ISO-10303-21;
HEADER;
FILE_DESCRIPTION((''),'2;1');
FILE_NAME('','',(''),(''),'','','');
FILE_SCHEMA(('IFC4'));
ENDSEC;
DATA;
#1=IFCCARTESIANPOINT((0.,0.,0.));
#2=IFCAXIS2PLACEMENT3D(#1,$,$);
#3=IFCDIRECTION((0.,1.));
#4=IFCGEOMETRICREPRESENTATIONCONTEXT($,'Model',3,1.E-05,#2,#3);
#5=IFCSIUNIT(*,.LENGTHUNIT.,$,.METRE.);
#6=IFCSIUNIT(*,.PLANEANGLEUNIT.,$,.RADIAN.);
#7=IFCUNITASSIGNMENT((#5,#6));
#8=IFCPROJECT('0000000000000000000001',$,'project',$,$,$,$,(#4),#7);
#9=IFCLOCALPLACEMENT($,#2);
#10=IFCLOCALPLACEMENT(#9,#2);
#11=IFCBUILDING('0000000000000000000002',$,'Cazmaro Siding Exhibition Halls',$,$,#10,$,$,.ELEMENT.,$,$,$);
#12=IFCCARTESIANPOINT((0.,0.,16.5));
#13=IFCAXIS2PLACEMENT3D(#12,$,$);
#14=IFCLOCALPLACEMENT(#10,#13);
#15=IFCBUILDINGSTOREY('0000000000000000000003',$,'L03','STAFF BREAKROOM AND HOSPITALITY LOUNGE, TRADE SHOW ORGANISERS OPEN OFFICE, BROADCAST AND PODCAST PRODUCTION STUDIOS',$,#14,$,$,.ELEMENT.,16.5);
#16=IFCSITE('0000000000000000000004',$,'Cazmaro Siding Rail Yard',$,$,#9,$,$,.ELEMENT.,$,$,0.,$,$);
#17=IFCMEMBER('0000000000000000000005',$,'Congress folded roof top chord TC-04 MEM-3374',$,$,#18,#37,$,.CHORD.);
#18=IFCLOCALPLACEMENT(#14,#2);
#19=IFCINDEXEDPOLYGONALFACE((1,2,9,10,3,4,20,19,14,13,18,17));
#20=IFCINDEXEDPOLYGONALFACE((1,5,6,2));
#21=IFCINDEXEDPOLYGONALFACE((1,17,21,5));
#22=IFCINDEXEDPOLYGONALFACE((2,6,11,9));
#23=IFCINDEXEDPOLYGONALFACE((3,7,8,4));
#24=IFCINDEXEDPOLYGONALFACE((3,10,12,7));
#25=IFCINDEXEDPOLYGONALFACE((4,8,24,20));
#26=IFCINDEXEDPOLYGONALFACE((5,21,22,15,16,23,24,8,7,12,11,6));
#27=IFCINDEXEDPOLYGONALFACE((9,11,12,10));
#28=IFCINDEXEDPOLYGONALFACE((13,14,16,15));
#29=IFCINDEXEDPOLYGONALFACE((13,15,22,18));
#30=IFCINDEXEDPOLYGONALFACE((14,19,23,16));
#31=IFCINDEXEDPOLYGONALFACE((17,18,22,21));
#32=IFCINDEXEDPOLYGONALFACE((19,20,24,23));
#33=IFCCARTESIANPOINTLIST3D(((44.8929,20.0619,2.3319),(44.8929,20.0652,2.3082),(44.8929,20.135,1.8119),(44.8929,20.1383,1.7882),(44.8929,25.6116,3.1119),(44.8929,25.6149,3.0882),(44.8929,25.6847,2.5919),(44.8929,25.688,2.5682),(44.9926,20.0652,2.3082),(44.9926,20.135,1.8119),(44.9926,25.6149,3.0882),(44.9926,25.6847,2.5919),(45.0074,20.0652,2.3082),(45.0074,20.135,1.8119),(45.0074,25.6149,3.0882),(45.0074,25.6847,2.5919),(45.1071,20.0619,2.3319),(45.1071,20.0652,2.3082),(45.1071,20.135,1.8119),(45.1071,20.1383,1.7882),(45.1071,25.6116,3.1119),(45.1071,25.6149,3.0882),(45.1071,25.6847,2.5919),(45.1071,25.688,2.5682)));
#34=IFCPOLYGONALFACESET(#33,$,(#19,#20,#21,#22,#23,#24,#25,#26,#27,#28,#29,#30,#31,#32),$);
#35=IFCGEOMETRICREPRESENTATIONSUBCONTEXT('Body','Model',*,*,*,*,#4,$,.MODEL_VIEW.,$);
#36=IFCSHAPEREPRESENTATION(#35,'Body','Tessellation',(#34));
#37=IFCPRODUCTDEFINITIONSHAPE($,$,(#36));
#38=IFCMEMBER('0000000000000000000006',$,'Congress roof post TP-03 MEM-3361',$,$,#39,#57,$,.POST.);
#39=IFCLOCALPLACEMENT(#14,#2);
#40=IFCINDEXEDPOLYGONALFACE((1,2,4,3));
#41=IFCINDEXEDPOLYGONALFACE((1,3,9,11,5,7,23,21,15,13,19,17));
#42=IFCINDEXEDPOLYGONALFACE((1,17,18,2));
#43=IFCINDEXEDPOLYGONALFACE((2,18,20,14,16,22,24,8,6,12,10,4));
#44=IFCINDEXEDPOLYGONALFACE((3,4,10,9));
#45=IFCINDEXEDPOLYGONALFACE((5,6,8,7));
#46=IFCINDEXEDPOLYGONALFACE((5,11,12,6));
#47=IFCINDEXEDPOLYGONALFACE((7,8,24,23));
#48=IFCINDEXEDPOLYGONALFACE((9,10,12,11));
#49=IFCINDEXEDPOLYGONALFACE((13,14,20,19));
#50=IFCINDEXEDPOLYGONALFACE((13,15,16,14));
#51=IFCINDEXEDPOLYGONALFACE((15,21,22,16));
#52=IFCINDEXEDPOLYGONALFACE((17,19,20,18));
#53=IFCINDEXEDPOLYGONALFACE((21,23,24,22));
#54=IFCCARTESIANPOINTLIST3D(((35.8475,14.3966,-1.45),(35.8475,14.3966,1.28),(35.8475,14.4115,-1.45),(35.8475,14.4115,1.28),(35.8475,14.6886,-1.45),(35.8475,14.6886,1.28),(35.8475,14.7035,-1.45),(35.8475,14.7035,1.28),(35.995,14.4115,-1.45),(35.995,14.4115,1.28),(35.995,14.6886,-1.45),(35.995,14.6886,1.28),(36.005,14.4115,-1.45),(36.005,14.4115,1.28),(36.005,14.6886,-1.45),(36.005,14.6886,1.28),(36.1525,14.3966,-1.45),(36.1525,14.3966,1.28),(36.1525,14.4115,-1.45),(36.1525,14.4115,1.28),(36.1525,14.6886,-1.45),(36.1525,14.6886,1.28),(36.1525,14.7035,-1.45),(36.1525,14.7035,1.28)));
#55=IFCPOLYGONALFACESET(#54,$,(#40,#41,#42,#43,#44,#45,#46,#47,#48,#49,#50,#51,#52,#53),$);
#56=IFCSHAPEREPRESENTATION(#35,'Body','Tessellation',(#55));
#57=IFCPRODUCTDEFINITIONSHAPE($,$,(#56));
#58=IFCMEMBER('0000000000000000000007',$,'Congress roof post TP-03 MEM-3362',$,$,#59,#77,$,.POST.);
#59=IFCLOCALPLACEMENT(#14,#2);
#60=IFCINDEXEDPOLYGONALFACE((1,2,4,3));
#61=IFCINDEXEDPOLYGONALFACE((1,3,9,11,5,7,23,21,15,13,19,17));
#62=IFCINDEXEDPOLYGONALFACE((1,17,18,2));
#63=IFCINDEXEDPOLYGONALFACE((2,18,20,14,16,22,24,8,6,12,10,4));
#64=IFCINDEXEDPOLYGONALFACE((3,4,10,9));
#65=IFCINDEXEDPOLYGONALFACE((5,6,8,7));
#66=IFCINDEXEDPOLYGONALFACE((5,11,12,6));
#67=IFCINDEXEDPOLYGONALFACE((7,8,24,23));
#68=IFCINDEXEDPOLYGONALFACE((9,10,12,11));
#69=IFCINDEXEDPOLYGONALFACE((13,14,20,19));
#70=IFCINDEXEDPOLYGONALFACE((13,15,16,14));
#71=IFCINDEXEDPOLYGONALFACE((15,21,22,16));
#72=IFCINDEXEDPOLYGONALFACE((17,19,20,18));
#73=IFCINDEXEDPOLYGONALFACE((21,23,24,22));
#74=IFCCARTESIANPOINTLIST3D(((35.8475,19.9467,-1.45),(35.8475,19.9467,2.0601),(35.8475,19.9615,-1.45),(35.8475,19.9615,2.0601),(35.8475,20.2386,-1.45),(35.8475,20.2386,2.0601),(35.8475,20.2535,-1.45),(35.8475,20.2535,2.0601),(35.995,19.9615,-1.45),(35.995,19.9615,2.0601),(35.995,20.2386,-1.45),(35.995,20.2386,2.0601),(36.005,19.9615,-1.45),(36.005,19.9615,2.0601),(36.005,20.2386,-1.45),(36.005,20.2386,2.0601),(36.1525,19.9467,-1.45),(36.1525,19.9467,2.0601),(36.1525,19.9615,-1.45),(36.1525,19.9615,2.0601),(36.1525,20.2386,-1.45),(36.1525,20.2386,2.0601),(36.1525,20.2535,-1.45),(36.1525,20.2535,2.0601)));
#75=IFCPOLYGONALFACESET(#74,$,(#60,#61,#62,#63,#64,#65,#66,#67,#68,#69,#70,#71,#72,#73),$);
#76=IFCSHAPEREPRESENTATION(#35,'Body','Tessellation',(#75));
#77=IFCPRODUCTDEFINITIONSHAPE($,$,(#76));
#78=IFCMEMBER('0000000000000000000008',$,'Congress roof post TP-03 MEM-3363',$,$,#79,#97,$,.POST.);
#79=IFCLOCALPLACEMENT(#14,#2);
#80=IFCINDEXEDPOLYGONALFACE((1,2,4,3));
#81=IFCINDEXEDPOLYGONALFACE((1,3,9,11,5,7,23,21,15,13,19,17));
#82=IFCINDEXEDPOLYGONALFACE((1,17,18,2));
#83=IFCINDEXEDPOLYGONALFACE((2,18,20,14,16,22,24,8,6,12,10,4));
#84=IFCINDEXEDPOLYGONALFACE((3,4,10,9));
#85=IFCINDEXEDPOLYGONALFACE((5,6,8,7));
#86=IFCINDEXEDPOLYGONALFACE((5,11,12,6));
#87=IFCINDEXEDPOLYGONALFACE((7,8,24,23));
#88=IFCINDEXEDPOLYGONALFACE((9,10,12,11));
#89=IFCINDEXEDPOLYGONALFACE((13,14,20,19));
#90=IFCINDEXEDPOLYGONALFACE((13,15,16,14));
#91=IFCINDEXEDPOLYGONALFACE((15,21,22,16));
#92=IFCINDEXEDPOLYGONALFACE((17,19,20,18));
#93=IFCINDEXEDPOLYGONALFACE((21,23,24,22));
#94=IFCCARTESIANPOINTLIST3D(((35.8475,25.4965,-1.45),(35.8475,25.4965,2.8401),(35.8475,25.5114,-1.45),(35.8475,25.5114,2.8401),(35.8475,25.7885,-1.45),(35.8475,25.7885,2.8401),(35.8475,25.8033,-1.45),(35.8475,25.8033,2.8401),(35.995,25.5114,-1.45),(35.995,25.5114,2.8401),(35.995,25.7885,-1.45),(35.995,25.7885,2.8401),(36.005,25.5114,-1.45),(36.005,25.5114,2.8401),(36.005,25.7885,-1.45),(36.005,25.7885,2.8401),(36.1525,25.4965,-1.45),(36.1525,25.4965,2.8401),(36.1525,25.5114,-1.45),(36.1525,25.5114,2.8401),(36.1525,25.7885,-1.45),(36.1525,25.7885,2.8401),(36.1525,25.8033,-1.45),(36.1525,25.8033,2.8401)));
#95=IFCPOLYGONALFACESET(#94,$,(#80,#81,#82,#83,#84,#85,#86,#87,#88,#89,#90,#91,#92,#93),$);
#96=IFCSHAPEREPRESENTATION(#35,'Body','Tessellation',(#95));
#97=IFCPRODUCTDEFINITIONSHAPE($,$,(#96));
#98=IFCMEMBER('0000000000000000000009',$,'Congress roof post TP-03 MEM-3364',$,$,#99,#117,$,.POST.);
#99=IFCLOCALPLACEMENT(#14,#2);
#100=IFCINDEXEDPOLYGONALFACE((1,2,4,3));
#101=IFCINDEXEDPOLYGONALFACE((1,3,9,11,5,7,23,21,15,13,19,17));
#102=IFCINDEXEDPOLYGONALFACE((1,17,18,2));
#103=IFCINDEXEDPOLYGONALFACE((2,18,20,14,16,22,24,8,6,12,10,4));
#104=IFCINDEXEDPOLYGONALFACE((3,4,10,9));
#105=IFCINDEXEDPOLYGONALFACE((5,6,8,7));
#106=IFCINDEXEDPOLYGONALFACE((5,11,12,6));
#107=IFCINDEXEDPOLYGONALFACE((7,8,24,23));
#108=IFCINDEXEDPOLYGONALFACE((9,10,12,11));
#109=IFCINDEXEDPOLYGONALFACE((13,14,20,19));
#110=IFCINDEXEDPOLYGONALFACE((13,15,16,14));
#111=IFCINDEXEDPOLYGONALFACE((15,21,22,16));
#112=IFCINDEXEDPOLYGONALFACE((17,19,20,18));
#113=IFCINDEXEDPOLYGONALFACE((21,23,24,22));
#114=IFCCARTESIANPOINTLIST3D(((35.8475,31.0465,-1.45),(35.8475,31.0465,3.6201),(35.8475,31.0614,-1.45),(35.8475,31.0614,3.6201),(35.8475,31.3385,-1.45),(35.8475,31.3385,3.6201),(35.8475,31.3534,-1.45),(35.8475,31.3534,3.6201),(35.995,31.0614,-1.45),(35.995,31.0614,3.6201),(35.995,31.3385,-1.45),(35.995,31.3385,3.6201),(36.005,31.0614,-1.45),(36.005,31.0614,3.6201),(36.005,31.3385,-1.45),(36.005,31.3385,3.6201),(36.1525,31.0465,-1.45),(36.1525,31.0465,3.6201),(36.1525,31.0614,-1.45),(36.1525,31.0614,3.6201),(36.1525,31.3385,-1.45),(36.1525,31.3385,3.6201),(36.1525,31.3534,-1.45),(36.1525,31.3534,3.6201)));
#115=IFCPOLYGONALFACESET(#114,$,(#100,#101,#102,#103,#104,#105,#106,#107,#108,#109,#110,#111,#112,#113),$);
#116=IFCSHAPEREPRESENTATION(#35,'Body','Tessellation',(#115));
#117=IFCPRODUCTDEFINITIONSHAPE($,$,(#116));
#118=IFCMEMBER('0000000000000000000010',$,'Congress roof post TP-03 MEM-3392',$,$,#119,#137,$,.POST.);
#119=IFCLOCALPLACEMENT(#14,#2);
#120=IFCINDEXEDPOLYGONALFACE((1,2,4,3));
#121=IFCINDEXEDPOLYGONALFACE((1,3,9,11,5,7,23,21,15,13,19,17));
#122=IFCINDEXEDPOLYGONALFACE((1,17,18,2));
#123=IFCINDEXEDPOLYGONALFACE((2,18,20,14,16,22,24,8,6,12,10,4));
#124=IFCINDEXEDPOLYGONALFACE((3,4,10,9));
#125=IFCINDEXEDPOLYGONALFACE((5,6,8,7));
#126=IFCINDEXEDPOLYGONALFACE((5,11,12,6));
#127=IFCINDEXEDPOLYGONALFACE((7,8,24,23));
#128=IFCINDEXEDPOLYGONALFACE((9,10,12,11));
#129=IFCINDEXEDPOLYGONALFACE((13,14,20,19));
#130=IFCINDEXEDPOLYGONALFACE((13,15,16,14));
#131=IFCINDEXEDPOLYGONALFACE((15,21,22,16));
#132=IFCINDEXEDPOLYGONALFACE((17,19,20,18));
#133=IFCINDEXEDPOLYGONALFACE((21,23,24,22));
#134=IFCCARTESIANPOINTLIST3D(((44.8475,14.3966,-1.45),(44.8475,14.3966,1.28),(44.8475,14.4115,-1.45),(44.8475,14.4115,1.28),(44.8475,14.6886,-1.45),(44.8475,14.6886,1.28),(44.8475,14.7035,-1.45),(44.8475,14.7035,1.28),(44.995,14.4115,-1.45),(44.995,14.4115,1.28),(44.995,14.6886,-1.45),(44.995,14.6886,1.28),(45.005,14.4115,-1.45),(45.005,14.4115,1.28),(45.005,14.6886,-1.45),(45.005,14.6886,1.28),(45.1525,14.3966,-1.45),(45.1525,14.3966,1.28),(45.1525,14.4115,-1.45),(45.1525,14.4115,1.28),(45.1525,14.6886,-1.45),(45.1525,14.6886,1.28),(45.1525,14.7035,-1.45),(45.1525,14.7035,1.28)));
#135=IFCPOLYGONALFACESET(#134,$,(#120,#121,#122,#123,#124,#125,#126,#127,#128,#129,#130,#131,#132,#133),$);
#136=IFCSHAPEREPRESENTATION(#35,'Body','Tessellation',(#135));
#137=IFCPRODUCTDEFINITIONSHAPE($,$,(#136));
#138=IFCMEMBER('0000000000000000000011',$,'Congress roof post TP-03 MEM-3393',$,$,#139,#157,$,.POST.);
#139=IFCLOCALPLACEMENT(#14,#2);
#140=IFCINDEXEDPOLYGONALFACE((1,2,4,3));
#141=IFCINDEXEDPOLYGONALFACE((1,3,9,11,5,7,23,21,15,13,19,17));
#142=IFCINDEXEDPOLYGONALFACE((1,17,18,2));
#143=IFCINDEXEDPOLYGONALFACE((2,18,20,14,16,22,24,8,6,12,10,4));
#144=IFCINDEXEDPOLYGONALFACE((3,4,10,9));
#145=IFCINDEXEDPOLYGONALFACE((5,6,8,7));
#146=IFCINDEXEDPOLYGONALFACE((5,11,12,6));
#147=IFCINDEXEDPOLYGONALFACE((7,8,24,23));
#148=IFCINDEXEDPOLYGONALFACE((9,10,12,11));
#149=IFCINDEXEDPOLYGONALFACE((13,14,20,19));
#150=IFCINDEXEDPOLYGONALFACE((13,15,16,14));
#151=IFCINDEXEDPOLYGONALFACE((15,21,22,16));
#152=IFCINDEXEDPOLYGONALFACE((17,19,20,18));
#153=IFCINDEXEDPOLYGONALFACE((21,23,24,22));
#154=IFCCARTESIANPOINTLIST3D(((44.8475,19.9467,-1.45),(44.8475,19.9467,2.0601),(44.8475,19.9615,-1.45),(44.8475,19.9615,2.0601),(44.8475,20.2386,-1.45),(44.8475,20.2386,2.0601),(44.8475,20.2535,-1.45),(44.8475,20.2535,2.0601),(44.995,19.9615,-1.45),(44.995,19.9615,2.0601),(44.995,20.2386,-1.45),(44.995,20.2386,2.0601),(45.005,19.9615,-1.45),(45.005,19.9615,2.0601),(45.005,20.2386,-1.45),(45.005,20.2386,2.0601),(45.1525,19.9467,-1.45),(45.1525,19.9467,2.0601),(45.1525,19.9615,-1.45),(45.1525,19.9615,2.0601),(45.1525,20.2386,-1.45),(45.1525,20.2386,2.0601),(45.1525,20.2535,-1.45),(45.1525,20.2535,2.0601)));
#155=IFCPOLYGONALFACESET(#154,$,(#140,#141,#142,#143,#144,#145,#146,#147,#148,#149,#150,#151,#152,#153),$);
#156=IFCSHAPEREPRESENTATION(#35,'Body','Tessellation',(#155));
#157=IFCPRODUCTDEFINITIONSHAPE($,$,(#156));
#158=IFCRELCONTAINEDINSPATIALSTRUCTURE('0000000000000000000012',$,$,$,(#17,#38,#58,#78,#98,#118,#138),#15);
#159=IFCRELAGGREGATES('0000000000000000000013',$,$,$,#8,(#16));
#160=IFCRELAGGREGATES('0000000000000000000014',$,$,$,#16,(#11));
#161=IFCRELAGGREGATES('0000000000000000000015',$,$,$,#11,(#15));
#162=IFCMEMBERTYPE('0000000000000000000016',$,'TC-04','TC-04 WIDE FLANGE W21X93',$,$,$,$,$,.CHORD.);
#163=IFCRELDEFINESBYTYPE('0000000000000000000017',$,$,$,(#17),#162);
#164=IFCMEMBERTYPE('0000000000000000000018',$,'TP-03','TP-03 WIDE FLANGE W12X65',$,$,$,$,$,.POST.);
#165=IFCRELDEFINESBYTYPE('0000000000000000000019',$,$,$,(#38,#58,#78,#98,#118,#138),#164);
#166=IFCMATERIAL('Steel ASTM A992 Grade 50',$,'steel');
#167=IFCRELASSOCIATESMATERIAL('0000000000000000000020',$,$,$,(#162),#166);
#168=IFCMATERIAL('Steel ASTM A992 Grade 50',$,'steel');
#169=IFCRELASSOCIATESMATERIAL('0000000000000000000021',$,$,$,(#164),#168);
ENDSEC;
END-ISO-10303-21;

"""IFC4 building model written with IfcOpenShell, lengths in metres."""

from ifc_helpers import new_model, si_unit, direction, frame, origin, origin_2d, place, context, subcontext, project, spatial, i_section, extrude, material, material_profile, profile_set, type_object, element, save


model = new_model("IFC4")

# Units and contexts
model_context = context("Model", 3, precision=1e-05, world=origin(), true_north=direction((0.0, 1.0)))
body_context = subcontext(model_context, "Body", "Model", "MODEL_VIEW")
ifc_project = project(units=[si_unit("LENGTHUNIT", "METRE"), si_unit("PLANEANGLEUNIT", "RADIAN")], contexts=[model_context])

# Site, building, storey
site_placement = place(None, origin())
site = spatial("IfcSite", under=ifc_project, at=site_placement, Name="Cazmaro Siding Rail Yard", CompositionType="ELEMENT", RefElevation=0.0)
building_placement = place(site_placement, origin())
building = spatial("IfcBuilding", under=site, at=building_placement, Name="Cazmaro Siding Exhibition Halls", CompositionType="ELEMENT")
storey_placement = place(building_placement, frame((0.0, 0.0, 16.5)))
storey = spatial("IfcBuildingStorey", under=building, at=storey_placement, Name="L03", Description="STAFF BREAKROOM AND HOSPITALITY LOUNGE, TRADE SHOW ORGANISERS OPEN OFFICE, BROADCAST AND PODCAST PRODUCTION STUDIOS", CompositionType="ELEMENT", Elevation=16.5)

# Members
ifc_material_1 = material(Name="Steel ASTM A992 Grade 50", Category="steel")
ifc_material_profile_1 = material_profile(ifc_material_1, i_section(OverallWidth=0.2141, OverallDepth=0.5491, WebThickness=0.0149, FlangeThickness=0.0239, at=origin_2d()), Name="W21X93")
ifc_profile_set_1 = profile_set([ifc_material_profile_1], Name="Steel ASTM A992 Grade 50")
member_type_1 = type_object("IfcMemberType", Name="TC-04", Description="TC-04 WIDE FLANGE W21X93", PredefinedType="CHORD", material=ifc_profile_set_1)
member_1_placement = place(storey_placement, frame((45.0, 20.1001, 2.0601), z_axis=(0.0, 0.990267, 0.139183), x_axis=(-1.0, 0.0, 0.0)))
element("IfcMember", 1, at=member_1_placement, inside=storey, type_object=member_type_1, Name="Congress folded roof top chord TC-04 MEM-3374", PredefinedType="CHORD", context=body_context, shape_type="SweptSolid", body=[
    extrude(i_section(OverallWidth=0.2141, OverallDepth=0.5491, WebThickness=0.0149, FlangeThickness=0.0239, at=origin_2d()), origin(), (0.0, 0.0, 1.0), 5.6042),
])
ifc_material_2 = material(Name="Steel ASTM A992 Grade 50", Category="steel")
ifc_material_profile_2 = material_profile(ifc_material_2, i_section(OverallWidth=0.3049, OverallDepth=0.3069, WebThickness=0.01, FlangeThickness=0.0149, at=origin_2d()), Name="W12X65")
ifc_profile_set_2 = profile_set([ifc_material_profile_2], Name="Steel ASTM A992 Grade 50")
member_type_2 = type_object("IfcMemberType", Name="TP-03", Description="TP-03 WIDE FLANGE W12X65", PredefinedType="POST", material=ifc_profile_set_2)
member_2_placement = place(storey_placement, frame((36.0, 14.55, -1.45), z_axis=(0.0, 0.0, 1.0), x_axis=(1.0, 0.0, 0.0)))
element("IfcMember", 2, at=member_2_placement, inside=storey, type_object=member_type_2, Name="Congress roof post TP-03 MEM-3361", PredefinedType="POST", context=body_context, shape_type="SweptSolid", body=[
    extrude(i_section(OverallWidth=0.3049, OverallDepth=0.3069, WebThickness=0.01, FlangeThickness=0.0149, at=origin_2d()), origin(), (0.0, 0.0, 1.0), 2.73),
])
member_3_placement = place(storey_placement, frame((36.0, 20.1001, -1.45), z_axis=(0.0, 0.0, 1.0), x_axis=(1.0, 0.0, 0.0)))
element("IfcMember", 3, at=member_3_placement, inside=storey, type_object=member_type_2, Name="Congress roof post TP-03 MEM-3362", PredefinedType="POST", context=body_context, shape_type="SweptSolid", body=[
    extrude(i_section(OverallWidth=0.3049, OverallDepth=0.3069, WebThickness=0.01, FlangeThickness=0.0149, at=origin_2d()), origin(), (0.0, 0.0, 1.0), 3.51),
])
member_4_placement = place(storey_placement, frame((36.0, 25.6499, -1.45), z_axis=(0.0, 0.0, 1.0), x_axis=(1.0, 0.0, 0.0)))
element("IfcMember", 4, at=member_4_placement, inside=storey, type_object=member_type_2, Name="Congress roof post TP-03 MEM-3363", PredefinedType="POST", context=body_context, shape_type="SweptSolid", body=[
    extrude(i_section(OverallWidth=0.3049, OverallDepth=0.3069, WebThickness=0.01, FlangeThickness=0.0149, at=origin_2d()), origin(), (0.0, 0.0, 1.0), 4.29),
])
member_5_placement = place(storey_placement, frame((36.0, 31.2, -1.45), z_axis=(0.0, 0.0, 1.0), x_axis=(1.0, 0.0, 0.0)))
element("IfcMember", 5, at=member_5_placement, inside=storey, type_object=member_type_2, Name="Congress roof post TP-03 MEM-3364", PredefinedType="POST", context=body_context, shape_type="SweptSolid", body=[
    extrude(i_section(OverallWidth=0.3049, OverallDepth=0.3069, WebThickness=0.01, FlangeThickness=0.0149, at=origin_2d()), origin(), (0.0, 0.0, 1.0), 5.0701),
])
member_6_placement = place(storey_placement, frame((45.0, 14.55, -1.45), z_axis=(0.0, 0.0, 1.0), x_axis=(1.0, 0.0, 0.0)))
element("IfcMember", 6, at=member_6_placement, inside=storey, type_object=member_type_2, Name="Congress roof post TP-03 MEM-3392", PredefinedType="POST", context=body_context, shape_type="SweptSolid", body=[
    extrude(i_section(OverallWidth=0.3049, OverallDepth=0.3069, WebThickness=0.01, FlangeThickness=0.0149, at=origin_2d()), origin(), (0.0, 0.0, 1.0), 2.73),
])
member_7_placement = place(storey_placement, frame((45.0, 20.1001, -1.45), z_axis=(0.0, 0.0, 1.0), x_axis=(1.0, 0.0, 0.0)))
element("IfcMember", 7, at=member_7_placement, inside=storey, type_object=member_type_2, Name="Congress roof post TP-03 MEM-3393", PredefinedType="POST", context=body_context, shape_type="SweptSolid", body=[
    extrude(i_section(OverallWidth=0.3049, OverallDepth=0.3069, WebThickness=0.01, FlangeThickness=0.0149, at=origin_2d()), origin(), (0.0, 0.0, 1.0), 3.51),
])

save(model, "model.ifc")
